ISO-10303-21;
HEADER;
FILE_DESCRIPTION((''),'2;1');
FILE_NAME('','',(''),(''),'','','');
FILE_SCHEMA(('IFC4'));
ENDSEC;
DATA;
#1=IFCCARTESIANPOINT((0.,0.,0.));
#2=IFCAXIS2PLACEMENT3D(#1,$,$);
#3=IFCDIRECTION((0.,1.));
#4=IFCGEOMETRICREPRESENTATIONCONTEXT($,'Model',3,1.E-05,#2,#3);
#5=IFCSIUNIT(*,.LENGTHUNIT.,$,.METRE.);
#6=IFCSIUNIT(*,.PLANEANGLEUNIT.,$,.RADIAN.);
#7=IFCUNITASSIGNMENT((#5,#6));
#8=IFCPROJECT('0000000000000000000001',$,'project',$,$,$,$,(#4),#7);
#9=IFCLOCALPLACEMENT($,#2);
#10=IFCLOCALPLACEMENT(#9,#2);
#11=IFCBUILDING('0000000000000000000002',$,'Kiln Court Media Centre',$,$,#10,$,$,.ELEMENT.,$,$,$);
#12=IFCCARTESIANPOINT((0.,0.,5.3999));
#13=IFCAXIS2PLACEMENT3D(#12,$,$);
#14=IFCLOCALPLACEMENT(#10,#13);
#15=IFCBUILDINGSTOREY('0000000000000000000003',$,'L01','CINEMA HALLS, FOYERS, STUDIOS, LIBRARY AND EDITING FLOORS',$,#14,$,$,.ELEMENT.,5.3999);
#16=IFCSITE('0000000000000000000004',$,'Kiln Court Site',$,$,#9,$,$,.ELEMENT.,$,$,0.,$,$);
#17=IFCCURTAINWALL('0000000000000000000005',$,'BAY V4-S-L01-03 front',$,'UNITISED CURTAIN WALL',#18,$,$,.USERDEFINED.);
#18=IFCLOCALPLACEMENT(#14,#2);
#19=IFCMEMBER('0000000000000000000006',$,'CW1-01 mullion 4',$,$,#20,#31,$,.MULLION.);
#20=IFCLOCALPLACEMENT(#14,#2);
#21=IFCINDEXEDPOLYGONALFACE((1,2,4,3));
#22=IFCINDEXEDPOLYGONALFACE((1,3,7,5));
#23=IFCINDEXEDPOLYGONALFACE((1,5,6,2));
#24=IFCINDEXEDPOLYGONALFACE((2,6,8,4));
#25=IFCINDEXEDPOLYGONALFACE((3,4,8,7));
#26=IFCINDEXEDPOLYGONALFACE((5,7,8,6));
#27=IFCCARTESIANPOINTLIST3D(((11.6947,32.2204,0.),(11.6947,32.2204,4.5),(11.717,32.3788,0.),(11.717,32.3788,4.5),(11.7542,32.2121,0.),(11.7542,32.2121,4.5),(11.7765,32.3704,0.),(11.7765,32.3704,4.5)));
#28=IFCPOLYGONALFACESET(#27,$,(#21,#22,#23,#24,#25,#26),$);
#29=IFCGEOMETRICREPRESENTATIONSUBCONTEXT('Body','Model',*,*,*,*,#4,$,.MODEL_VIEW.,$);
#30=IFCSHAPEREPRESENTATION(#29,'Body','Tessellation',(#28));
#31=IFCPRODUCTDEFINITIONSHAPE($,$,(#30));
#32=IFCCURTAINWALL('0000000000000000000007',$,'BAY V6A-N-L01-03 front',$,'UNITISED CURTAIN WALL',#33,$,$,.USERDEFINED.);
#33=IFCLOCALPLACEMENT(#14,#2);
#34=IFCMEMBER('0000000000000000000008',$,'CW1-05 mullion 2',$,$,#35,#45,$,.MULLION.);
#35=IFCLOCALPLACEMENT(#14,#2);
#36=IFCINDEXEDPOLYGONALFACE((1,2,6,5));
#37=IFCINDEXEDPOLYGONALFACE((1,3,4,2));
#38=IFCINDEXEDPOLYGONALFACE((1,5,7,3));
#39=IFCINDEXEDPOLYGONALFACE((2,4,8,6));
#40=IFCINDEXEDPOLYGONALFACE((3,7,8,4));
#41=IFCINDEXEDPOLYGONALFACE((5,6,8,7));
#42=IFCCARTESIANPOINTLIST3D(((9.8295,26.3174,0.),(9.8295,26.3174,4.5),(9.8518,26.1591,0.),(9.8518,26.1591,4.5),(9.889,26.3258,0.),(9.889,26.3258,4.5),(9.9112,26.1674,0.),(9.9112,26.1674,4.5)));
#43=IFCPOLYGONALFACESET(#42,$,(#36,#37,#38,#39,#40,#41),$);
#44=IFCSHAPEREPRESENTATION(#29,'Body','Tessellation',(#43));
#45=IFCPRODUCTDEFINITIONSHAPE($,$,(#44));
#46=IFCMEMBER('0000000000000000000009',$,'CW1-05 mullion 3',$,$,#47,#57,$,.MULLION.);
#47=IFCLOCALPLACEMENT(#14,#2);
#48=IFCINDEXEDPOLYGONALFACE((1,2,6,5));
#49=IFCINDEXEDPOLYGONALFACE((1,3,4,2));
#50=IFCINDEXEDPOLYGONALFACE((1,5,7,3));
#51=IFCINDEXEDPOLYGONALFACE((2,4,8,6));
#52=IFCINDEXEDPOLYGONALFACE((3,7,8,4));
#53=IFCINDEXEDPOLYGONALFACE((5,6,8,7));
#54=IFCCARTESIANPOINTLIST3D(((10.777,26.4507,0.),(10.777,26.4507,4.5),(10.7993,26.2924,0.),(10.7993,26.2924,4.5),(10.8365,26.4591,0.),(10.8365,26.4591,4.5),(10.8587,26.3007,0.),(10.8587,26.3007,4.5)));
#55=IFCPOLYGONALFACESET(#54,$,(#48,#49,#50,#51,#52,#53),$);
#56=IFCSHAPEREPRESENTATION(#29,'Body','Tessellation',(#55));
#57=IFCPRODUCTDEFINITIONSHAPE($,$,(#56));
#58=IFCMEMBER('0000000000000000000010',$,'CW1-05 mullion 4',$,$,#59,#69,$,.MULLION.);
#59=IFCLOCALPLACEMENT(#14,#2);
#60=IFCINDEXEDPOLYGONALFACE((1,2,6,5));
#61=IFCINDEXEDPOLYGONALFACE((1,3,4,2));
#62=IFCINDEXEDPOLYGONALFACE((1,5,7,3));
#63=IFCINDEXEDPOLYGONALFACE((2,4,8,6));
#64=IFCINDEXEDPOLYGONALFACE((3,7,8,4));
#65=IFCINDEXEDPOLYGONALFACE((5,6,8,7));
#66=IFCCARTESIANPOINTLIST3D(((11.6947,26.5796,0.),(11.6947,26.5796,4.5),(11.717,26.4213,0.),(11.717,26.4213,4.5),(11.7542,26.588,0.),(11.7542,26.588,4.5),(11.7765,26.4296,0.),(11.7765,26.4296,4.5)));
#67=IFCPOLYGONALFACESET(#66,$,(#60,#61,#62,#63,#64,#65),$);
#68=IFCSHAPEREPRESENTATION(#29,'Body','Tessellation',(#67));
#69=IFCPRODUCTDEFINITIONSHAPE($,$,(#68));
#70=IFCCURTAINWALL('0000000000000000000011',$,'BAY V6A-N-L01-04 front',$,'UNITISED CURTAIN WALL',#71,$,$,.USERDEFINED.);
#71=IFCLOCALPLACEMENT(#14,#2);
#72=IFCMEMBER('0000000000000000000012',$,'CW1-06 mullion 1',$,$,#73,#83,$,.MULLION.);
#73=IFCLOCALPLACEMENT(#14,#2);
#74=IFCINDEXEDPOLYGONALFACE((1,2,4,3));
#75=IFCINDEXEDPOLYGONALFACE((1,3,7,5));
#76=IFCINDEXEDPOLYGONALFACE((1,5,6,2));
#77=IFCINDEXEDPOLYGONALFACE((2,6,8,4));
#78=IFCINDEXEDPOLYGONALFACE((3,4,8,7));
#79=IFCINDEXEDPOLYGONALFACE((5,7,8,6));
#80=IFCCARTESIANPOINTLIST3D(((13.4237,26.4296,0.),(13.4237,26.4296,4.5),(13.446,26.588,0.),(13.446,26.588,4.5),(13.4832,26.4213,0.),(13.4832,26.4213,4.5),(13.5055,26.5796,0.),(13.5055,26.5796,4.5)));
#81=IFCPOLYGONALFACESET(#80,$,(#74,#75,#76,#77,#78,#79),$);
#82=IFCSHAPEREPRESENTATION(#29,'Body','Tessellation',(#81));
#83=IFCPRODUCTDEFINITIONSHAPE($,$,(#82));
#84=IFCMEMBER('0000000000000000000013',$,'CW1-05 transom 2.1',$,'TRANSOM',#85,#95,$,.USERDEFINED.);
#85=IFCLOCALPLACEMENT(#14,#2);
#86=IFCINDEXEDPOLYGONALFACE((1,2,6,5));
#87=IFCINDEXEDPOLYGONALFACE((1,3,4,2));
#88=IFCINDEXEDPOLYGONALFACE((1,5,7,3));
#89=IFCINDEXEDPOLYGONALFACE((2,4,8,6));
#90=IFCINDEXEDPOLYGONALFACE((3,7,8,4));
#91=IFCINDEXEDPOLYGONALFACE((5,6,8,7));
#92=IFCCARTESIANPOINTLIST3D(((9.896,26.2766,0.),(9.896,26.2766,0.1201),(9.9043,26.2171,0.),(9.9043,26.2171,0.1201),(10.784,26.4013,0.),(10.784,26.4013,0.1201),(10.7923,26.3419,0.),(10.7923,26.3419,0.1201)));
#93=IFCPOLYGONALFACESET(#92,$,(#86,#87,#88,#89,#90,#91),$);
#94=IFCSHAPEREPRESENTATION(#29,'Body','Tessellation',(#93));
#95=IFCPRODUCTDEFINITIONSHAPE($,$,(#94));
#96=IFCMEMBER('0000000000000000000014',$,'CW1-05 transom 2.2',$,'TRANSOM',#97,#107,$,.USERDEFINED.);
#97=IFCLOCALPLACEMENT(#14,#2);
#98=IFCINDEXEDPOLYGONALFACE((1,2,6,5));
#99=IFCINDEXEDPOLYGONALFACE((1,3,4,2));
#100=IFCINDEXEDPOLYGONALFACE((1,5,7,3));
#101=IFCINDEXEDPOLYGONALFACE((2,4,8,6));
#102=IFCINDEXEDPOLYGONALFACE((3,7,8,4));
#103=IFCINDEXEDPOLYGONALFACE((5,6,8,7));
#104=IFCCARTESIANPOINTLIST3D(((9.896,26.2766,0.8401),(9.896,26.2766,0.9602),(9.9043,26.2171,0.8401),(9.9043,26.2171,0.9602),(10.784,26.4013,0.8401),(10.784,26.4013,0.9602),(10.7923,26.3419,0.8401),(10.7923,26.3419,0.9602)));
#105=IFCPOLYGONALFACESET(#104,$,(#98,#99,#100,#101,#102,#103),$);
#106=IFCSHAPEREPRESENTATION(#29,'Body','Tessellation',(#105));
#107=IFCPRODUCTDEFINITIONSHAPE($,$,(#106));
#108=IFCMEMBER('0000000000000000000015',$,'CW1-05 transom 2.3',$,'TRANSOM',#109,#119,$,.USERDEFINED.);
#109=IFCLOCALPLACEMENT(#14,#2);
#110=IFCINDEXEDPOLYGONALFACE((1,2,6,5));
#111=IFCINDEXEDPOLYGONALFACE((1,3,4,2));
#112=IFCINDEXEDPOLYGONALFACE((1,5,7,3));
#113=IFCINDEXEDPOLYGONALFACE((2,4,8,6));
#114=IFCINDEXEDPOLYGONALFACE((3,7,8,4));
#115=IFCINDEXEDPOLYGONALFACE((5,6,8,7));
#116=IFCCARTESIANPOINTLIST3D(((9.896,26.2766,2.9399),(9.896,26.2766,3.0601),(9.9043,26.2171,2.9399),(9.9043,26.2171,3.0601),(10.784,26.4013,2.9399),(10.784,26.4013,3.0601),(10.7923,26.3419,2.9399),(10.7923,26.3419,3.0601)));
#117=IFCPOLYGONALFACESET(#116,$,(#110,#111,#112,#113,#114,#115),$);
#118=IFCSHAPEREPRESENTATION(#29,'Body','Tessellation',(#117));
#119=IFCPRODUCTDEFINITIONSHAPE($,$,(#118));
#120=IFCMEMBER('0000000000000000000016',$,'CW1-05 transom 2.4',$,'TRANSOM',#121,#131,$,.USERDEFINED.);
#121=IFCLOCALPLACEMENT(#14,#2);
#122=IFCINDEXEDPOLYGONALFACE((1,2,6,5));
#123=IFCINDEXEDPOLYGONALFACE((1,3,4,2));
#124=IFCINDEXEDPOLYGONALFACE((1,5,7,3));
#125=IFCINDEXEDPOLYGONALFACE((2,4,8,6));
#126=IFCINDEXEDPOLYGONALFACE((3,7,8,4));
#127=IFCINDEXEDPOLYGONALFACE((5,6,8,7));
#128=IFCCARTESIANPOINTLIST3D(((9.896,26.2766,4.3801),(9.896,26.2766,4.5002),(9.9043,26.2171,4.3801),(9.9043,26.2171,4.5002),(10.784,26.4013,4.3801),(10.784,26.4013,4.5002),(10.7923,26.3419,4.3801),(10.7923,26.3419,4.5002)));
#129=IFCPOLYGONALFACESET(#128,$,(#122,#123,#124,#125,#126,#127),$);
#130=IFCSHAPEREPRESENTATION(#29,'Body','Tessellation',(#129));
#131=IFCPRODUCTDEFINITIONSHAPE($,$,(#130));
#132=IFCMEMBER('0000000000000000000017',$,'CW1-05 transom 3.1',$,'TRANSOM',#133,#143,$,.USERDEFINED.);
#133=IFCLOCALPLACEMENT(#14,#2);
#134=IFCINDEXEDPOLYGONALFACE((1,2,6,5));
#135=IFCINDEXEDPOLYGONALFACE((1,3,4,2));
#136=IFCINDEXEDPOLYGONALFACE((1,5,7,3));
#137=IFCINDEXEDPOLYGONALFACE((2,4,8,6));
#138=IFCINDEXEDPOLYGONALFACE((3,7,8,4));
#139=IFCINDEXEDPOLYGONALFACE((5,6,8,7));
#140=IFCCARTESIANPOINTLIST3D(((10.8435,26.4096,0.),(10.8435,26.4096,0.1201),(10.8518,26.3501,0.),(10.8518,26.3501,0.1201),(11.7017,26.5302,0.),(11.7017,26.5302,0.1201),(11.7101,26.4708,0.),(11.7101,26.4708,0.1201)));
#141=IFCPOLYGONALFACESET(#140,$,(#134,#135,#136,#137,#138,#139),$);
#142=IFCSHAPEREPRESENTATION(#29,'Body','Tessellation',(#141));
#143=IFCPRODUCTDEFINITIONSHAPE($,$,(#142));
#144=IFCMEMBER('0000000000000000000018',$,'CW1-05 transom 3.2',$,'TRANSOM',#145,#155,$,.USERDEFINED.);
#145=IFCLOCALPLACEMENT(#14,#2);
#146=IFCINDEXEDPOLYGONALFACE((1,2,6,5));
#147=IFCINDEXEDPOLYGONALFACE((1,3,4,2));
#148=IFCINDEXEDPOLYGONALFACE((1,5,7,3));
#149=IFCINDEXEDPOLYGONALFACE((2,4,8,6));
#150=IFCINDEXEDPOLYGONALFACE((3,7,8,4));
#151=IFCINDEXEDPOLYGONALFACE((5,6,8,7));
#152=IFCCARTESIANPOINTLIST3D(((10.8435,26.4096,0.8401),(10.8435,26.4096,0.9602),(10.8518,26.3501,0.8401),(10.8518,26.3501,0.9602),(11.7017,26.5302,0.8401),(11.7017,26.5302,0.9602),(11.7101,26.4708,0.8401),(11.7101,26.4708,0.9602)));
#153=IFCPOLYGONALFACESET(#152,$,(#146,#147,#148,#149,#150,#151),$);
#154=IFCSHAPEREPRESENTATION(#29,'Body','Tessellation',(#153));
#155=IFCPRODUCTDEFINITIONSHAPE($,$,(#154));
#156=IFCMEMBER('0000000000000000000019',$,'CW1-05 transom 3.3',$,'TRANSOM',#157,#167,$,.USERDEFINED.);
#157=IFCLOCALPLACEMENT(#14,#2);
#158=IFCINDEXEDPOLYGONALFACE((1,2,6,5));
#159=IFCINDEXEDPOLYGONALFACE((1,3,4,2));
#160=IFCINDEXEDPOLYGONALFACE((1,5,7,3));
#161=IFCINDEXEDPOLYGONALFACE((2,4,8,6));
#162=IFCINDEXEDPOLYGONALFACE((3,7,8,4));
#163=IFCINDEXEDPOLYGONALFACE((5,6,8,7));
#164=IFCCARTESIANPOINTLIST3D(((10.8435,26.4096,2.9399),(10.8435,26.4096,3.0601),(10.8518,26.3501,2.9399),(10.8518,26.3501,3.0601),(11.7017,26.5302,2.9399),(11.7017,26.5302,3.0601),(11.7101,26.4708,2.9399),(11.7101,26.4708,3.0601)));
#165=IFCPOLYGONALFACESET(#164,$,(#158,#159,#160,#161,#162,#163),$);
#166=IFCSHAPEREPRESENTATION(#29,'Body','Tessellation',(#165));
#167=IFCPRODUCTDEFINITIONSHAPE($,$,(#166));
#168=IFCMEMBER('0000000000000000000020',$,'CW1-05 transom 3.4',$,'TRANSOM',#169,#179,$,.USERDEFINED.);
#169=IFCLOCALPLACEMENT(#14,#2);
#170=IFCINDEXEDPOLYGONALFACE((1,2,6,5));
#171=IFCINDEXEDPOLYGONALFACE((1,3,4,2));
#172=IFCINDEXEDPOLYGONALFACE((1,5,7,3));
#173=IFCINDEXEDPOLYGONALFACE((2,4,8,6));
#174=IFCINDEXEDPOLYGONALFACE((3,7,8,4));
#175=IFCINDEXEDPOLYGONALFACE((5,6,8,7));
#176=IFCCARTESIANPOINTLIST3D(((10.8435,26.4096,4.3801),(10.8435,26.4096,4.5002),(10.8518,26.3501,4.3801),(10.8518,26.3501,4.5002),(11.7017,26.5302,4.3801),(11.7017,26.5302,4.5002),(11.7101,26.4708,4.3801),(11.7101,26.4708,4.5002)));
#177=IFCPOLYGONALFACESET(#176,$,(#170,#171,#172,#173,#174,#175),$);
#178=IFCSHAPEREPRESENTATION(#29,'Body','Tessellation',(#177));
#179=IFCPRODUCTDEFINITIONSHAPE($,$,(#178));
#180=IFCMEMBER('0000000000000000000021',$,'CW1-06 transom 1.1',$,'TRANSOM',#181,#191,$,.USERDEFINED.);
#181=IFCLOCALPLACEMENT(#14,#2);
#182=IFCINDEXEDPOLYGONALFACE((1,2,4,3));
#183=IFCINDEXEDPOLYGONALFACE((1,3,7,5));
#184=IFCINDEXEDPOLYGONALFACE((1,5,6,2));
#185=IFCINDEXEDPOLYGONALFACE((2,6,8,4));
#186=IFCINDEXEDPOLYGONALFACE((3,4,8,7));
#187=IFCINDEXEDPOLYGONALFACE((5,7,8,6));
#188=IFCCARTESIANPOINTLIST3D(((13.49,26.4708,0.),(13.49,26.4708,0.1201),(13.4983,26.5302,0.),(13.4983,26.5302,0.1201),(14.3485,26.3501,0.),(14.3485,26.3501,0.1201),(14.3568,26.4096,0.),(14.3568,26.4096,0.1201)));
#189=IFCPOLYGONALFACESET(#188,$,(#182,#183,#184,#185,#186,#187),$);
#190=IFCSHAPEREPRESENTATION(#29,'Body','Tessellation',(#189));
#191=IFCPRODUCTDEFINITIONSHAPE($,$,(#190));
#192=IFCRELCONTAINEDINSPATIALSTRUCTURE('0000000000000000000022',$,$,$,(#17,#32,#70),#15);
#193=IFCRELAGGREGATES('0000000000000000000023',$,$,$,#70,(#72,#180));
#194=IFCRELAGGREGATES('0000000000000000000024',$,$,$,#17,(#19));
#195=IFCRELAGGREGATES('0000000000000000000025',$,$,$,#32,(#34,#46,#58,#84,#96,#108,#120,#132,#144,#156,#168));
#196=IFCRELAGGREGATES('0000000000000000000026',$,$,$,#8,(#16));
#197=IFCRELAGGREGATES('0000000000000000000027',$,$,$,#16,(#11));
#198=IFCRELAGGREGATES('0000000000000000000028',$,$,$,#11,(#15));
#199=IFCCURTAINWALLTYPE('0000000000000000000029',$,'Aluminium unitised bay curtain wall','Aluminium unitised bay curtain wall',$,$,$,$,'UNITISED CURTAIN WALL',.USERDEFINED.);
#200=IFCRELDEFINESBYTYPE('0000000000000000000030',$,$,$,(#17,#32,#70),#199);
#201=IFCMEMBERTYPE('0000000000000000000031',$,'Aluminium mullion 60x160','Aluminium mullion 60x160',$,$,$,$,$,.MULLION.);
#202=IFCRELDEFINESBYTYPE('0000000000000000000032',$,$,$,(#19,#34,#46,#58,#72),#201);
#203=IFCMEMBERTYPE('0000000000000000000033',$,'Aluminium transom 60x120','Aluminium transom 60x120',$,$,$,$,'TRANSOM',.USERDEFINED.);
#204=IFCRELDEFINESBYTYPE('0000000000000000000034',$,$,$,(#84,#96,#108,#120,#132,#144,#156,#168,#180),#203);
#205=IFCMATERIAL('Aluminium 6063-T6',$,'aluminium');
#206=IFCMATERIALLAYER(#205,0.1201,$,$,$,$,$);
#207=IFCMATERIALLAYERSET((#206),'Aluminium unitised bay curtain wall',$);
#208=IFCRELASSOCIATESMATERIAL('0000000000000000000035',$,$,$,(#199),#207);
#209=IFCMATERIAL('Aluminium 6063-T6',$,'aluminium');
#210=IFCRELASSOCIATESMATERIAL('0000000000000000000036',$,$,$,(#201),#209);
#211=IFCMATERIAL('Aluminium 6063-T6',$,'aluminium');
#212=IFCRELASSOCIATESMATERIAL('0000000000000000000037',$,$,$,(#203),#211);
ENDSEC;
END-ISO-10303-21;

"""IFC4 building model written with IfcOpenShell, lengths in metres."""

from ifc_helpers import new_model, si_unit, direction, frame, origin, origin_2d, place, context, subcontext, project, spatial, rectangle, extrude, material, layer, layer_set, material_profile, profile_set, type_object, element, aggregate, save


model = new_model("IFC4")

# Units and contexts
model_context = context("Model", 3, precision=1e-05, world=origin(), true_north=direction((0.0, 1.0)))
body_context = subcontext(model_context, "Body", "Model", "MODEL_VIEW")
ifc_project = project(units=[si_unit("LENGTHUNIT", "METRE"), si_unit("PLANEANGLEUNIT", "RADIAN")], contexts=[model_context])

# Site, building, storey
site_placement = place(None, origin())
site = spatial("IfcSite", under=ifc_project, at=site_placement, Name="Kiln Court Site", CompositionType="ELEMENT", RefElevation=0.0)
building_placement = place(site_placement, origin())
building = spatial("IfcBuilding", under=site, at=building_placement, Name="Kiln Court Media Centre", CompositionType="ELEMENT")
storey_placement = place(building_placement, frame((0.0, 0.0, 5.3999)))
storey = spatial("IfcBuildingStorey", under=building, at=storey_placement, Name="L01", Description="CINEMA HALLS, FOYERS, STUDIOS, LIBRARY AND EDITING FLOORS", CompositionType="ELEMENT", Elevation=5.3999)

# Curtain wall, member
ifc_material_1 = material(Name="Aluminium 6063-T6", Category="aluminium")
ifc_layer_1 = layer(ifc_material_1, 0.1201)
ifc_layer_set_1 = layer_set([ifc_layer_1], Name="Aluminium unitised bay curtain wall")
curtain_wall_type = type_object("IfcCurtainWallType", Name="Aluminium unitised bay curtain wall", Description="Aluminium unitised bay curtain wall", ElementType="UNITISED CURTAIN WALL", PredefinedType="USERDEFINED", material=ifc_layer_set_1)
curtain_wall_1_placement = place(storey_placement, origin())
curtain_wall_1 = element("IfcCurtainWall", 1, at=curtain_wall_1_placement, inside=storey, type_object=curtain_wall_type, Name="BAY V4-S-L01-03 front", ObjectType="UNITISED CURTAIN WALL", PredefinedType="USERDEFINED")
ifc_material_2 = material(Name="Aluminium 6063-T6", Category="aluminium")
ifc_material_profile_1 = material_profile(ifc_material_2, rectangle(XDim=0.0601, YDim=0.1599, at=origin_2d()), Name="Aluminium mullion 60x160")
ifc_profile_set_1 = profile_set([ifc_material_profile_1], Name="Aluminium 6063-T6")
member_type_1 = type_object("IfcMemberType", Name="Aluminium mullion 60x160", Description="Aluminium mullion 60x160", PredefinedType="MULLION", material=ifc_profile_set_1)
member_1_placement = place(storey_placement, frame((11.7356, 32.2954, 0.0), z_axis=(0.0, 0.0, 1.0), x_axis=(0.99027, -0.139162, 0.0)))
member_1 = element("IfcMember", 2, at=member_1_placement, type_object=member_type_1, Name="CW1-01 mullion 4", PredefinedType="MULLION", context=body_context, shape_type="SweptSolid", body=[
    extrude(rectangle(XDim=0.0601, YDim=0.1599, at=origin_2d()), origin(), (0.0, 0.0, 1.0), 4.5),
])

# Curtain wall, members
curtain_wall_2_placement = place(storey_placement, origin())
curtain_wall_2 = element("IfcCurtainWall", 3, at=curtain_wall_2_placement, inside=storey, type_object=curtain_wall_type, Name="BAY V6A-N-L01-03 front", ObjectType="UNITISED CURTAIN WALL", PredefinedType="USERDEFINED")
member_2_placement = place(storey_placement, frame((9.8704, 26.2424, 0.0), z_axis=(0.0, 0.0, 1.0), x_axis=(0.99027, 0.139162, 0.0)))
member_2 = element("IfcMember", 4, at=member_2_placement, type_object=member_type_1, Name="CW1-05 mullion 2", PredefinedType="MULLION", context=body_context, shape_type="SweptSolid", body=[
    extrude(rectangle(XDim=0.0601, YDim=0.1599, at=origin_2d()), origin(), (0.0, 0.0, 1.0), 4.5),
])
member_3_placement = place(storey_placement, frame((10.8179, 26.3757, 0.0), z_axis=(0.0, 0.0, 1.0), x_axis=(0.99027, 0.139162, 0.0)))
member_3 = element("IfcMember", 5, at=member_3_placement, type_object=member_type_1, Name="CW1-05 mullion 3", PredefinedType="MULLION", context=body_context, shape_type="SweptSolid", body=[
    extrude(rectangle(XDim=0.0601, YDim=0.1599, at=origin_2d()), origin(), (0.0, 0.0, 1.0), 4.5),
])
member_4_placement = place(storey_placement, frame((11.7356, 26.5046, 0.0), z_axis=(0.0, 0.0, 1.0), x_axis=(0.99027, 0.139162, 0.0)))
member_4 = element("IfcMember", 6, at=member_4_placement, type_object=member_type_1, Name="CW1-05 mullion 4", PredefinedType="MULLION", context=body_context, shape_type="SweptSolid", body=[
    extrude(rectangle(XDim=0.0601, YDim=0.1599, at=origin_2d()), origin(), (0.0, 0.0, 1.0), 4.5),
])

# Curtain wall, member
curtain_wall_3_placement = place(storey_placement, origin())
curtain_wall_3 = element("IfcCurtainWall", 7, at=curtain_wall_3_placement, inside=storey, type_object=curtain_wall_type, Name="BAY V6A-N-L01-04 front", ObjectType="UNITISED CURTAIN WALL", PredefinedType="USERDEFINED")
member_5_placement = place(storey_placement, frame((13.4646, 26.5046, 0.0), z_axis=(0.0, 0.0, 1.0), x_axis=(0.99027, -0.139162, 0.0)))
member_5 = element("IfcMember", 8, at=member_5_placement, type_object=member_type_1, Name="CW1-06 mullion 1", PredefinedType="MULLION", context=body_context, shape_type="SweptSolid", body=[
    extrude(rectangle(XDim=0.0601, YDim=0.1599, at=origin_2d()), origin(), (0.0, 0.0, 1.0), 4.5),
])

# Members
ifc_material_3 = material(Name="Aluminium 6063-T6", Category="aluminium")
ifc_material_profile_2 = material_profile(ifc_material_3, rectangle(XDim=0.0601, YDim=0.1201, at=origin_2d()), Name="Aluminium transom 60x120")
ifc_profile_set_2 = profile_set([ifc_material_profile_2], Name="Aluminium 6063-T6")
member_type_2 = type_object("IfcMemberType", Name="Aluminium transom 60x120", Description="Aluminium transom 60x120", ElementType="TRANSOM", PredefinedType="USERDEFINED", material=ifc_profile_set_2)
member_6_placement = place(storey_placement, frame((9.9001, 26.2468, 0.0601), z_axis=(0.990274, 0.139134, 0.0), x_axis=(-0.139134, 0.990274, 0.0)))
member_6 = element("IfcMember", 9, at=member_6_placement, type_object=member_type_2, Name="CW1-05 transom 2.1", ObjectType="TRANSOM", PredefinedType="USERDEFINED", context=body_context, shape_type="SweptSolid", body=[
    extrude(rectangle(XDim=0.0601, YDim=0.1201, at=origin_2d()), origin(), (0.0, 0.0, 1.0), 0.8967),
])
member_7_placement = place(storey_placement, frame((9.9001, 26.2468, 0.9001), z_axis=(0.990274, 0.139134, 0.0), x_axis=(-0.139134, 0.990274, 0.0)))
member_7 = element("IfcMember", 10, at=member_7_placement, type_object=member_type_2, Name="CW1-05 transom 2.2", ObjectType="TRANSOM", PredefinedType="USERDEFINED", context=body_context, shape_type="SweptSolid", body=[
    extrude(rectangle(XDim=0.0601, YDim=0.1201, at=origin_2d()), origin(), (0.0, 0.0, 1.0), 0.8967),
])
member_8_placement = place(storey_placement, frame((9.9001, 26.2468, 3.0), z_axis=(0.990274, 0.139134, 0.0), x_axis=(-0.139134, 0.990274, 0.0)))
member_8 = element("IfcMember", 11, at=member_8_placement, type_object=member_type_2, Name="CW1-05 transom 2.3", ObjectType="TRANSOM", PredefinedType="USERDEFINED", context=body_context, shape_type="SweptSolid", body=[
    extrude(rectangle(XDim=0.0601, YDim=0.1201, at=origin_2d()), origin(), (0.0, 0.0, 1.0), 0.8967),
])
member_9_placement = place(storey_placement, frame((9.9001, 26.2468, 4.4402), z_axis=(0.990274, 0.139134, 0.0), x_axis=(-0.139134, 0.990274, 0.0)))
member_9 = element("IfcMember", 12, at=member_9_placement, type_object=member_type_2, Name="CW1-05 transom 2.4", ObjectType="TRANSOM", PredefinedType="USERDEFINED", context=body_context, shape_type="SweptSolid", body=[
    extrude(rectangle(XDim=0.0601, YDim=0.1201, at=origin_2d()), origin(), (0.0, 0.0, 1.0), 0.8967),
])
member_10_placement = place(storey_placement, frame((10.8477, 26.3799, 0.0601), z_axis=(0.990268, 0.139173, 0.0), x_axis=(-0.139173, 0.990268, 0.0)))
member_10 = element("IfcMember", 13, at=member_10_placement, type_object=member_type_2, Name="CW1-05 transom 3.1", ObjectType="TRANSOM", PredefinedType="USERDEFINED", context=body_context, shape_type="SweptSolid", body=[
    extrude(rectangle(XDim=0.0601, YDim=0.1201, at=origin_2d()), origin(), (0.0, 0.0, 1.0), 0.8667),
])
member_11_placement = place(storey_placement, frame((10.8477, 26.3799, 0.9001), z_axis=(0.990268, 0.139173, 0.0), x_axis=(-0.139173, 0.990268, 0.0)))
member_11 = element("IfcMember", 14, at=member_11_placement, type_object=member_type_2, Name="CW1-05 transom 3.2", ObjectType="TRANSOM", PredefinedType="USERDEFINED", context=body_context, shape_type="SweptSolid", body=[
    extrude(rectangle(XDim=0.0601, YDim=0.1201, at=origin_2d()), origin(), (0.0, 0.0, 1.0), 0.8667),
])
member_12_placement = place(storey_placement, frame((10.8477, 26.3799, 3.0), z_axis=(0.990268, 0.139173, 0.0), x_axis=(-0.139173, 0.990268, 0.0)))
member_12 = element("IfcMember", 15, at=member_12_placement, type_object=member_type_2, Name="CW1-05 transom 3.3", ObjectType="TRANSOM", PredefinedType="USERDEFINED", context=body_context, shape_type="SweptSolid", body=[
    extrude(rectangle(XDim=0.0601, YDim=0.1201, at=origin_2d()), origin(), (0.0, 0.0, 1.0), 0.8667),
])
member_13_placement = place(storey_placement, frame((10.8477, 26.3799, 4.4402), z_axis=(0.990268, 0.139173, 0.0), x_axis=(-0.139173, 0.990268, 0.0)))
member_13 = element("IfcMember", 16, at=member_13_placement, type_object=member_type_2, Name="CW1-05 transom 3.4", ObjectType="TRANSOM", PredefinedType="USERDEFINED", context=body_context, shape_type="SweptSolid", body=[
    extrude(rectangle(XDim=0.0601, YDim=0.1201, at=origin_2d()), origin(), (0.0, 0.0, 1.0), 0.8667),
])
member_14_placement = place(storey_placement, frame((13.4941, 26.5005, 0.0601), z_axis=(0.990274, -0.139134, 0.0), x_axis=(0.139134, 0.990274, 0.0)))
member_14 = element("IfcMember", 17, at=member_14_placement, type_object=member_type_2, Name="CW1-06 transom 1.1", ObjectType="TRANSOM", PredefinedType="USERDEFINED", context=body_context, shape_type="SweptSolid", body=[
    extrude(rectangle(XDim=0.0601, YDim=0.1201, at=origin_2d()), origin(), (0.0, 0.0, 1.0), 0.8669),
])

aggregate(curtain_wall_3, [member_5, member_14])
aggregate(curtain_wall_1, [member_1])
aggregate(curtain_wall_2, [member_2, member_3, member_4, member_6, member_7, member_8, member_9, member_10, member_11, member_12, member_13])

save(model, "model.ifc")
